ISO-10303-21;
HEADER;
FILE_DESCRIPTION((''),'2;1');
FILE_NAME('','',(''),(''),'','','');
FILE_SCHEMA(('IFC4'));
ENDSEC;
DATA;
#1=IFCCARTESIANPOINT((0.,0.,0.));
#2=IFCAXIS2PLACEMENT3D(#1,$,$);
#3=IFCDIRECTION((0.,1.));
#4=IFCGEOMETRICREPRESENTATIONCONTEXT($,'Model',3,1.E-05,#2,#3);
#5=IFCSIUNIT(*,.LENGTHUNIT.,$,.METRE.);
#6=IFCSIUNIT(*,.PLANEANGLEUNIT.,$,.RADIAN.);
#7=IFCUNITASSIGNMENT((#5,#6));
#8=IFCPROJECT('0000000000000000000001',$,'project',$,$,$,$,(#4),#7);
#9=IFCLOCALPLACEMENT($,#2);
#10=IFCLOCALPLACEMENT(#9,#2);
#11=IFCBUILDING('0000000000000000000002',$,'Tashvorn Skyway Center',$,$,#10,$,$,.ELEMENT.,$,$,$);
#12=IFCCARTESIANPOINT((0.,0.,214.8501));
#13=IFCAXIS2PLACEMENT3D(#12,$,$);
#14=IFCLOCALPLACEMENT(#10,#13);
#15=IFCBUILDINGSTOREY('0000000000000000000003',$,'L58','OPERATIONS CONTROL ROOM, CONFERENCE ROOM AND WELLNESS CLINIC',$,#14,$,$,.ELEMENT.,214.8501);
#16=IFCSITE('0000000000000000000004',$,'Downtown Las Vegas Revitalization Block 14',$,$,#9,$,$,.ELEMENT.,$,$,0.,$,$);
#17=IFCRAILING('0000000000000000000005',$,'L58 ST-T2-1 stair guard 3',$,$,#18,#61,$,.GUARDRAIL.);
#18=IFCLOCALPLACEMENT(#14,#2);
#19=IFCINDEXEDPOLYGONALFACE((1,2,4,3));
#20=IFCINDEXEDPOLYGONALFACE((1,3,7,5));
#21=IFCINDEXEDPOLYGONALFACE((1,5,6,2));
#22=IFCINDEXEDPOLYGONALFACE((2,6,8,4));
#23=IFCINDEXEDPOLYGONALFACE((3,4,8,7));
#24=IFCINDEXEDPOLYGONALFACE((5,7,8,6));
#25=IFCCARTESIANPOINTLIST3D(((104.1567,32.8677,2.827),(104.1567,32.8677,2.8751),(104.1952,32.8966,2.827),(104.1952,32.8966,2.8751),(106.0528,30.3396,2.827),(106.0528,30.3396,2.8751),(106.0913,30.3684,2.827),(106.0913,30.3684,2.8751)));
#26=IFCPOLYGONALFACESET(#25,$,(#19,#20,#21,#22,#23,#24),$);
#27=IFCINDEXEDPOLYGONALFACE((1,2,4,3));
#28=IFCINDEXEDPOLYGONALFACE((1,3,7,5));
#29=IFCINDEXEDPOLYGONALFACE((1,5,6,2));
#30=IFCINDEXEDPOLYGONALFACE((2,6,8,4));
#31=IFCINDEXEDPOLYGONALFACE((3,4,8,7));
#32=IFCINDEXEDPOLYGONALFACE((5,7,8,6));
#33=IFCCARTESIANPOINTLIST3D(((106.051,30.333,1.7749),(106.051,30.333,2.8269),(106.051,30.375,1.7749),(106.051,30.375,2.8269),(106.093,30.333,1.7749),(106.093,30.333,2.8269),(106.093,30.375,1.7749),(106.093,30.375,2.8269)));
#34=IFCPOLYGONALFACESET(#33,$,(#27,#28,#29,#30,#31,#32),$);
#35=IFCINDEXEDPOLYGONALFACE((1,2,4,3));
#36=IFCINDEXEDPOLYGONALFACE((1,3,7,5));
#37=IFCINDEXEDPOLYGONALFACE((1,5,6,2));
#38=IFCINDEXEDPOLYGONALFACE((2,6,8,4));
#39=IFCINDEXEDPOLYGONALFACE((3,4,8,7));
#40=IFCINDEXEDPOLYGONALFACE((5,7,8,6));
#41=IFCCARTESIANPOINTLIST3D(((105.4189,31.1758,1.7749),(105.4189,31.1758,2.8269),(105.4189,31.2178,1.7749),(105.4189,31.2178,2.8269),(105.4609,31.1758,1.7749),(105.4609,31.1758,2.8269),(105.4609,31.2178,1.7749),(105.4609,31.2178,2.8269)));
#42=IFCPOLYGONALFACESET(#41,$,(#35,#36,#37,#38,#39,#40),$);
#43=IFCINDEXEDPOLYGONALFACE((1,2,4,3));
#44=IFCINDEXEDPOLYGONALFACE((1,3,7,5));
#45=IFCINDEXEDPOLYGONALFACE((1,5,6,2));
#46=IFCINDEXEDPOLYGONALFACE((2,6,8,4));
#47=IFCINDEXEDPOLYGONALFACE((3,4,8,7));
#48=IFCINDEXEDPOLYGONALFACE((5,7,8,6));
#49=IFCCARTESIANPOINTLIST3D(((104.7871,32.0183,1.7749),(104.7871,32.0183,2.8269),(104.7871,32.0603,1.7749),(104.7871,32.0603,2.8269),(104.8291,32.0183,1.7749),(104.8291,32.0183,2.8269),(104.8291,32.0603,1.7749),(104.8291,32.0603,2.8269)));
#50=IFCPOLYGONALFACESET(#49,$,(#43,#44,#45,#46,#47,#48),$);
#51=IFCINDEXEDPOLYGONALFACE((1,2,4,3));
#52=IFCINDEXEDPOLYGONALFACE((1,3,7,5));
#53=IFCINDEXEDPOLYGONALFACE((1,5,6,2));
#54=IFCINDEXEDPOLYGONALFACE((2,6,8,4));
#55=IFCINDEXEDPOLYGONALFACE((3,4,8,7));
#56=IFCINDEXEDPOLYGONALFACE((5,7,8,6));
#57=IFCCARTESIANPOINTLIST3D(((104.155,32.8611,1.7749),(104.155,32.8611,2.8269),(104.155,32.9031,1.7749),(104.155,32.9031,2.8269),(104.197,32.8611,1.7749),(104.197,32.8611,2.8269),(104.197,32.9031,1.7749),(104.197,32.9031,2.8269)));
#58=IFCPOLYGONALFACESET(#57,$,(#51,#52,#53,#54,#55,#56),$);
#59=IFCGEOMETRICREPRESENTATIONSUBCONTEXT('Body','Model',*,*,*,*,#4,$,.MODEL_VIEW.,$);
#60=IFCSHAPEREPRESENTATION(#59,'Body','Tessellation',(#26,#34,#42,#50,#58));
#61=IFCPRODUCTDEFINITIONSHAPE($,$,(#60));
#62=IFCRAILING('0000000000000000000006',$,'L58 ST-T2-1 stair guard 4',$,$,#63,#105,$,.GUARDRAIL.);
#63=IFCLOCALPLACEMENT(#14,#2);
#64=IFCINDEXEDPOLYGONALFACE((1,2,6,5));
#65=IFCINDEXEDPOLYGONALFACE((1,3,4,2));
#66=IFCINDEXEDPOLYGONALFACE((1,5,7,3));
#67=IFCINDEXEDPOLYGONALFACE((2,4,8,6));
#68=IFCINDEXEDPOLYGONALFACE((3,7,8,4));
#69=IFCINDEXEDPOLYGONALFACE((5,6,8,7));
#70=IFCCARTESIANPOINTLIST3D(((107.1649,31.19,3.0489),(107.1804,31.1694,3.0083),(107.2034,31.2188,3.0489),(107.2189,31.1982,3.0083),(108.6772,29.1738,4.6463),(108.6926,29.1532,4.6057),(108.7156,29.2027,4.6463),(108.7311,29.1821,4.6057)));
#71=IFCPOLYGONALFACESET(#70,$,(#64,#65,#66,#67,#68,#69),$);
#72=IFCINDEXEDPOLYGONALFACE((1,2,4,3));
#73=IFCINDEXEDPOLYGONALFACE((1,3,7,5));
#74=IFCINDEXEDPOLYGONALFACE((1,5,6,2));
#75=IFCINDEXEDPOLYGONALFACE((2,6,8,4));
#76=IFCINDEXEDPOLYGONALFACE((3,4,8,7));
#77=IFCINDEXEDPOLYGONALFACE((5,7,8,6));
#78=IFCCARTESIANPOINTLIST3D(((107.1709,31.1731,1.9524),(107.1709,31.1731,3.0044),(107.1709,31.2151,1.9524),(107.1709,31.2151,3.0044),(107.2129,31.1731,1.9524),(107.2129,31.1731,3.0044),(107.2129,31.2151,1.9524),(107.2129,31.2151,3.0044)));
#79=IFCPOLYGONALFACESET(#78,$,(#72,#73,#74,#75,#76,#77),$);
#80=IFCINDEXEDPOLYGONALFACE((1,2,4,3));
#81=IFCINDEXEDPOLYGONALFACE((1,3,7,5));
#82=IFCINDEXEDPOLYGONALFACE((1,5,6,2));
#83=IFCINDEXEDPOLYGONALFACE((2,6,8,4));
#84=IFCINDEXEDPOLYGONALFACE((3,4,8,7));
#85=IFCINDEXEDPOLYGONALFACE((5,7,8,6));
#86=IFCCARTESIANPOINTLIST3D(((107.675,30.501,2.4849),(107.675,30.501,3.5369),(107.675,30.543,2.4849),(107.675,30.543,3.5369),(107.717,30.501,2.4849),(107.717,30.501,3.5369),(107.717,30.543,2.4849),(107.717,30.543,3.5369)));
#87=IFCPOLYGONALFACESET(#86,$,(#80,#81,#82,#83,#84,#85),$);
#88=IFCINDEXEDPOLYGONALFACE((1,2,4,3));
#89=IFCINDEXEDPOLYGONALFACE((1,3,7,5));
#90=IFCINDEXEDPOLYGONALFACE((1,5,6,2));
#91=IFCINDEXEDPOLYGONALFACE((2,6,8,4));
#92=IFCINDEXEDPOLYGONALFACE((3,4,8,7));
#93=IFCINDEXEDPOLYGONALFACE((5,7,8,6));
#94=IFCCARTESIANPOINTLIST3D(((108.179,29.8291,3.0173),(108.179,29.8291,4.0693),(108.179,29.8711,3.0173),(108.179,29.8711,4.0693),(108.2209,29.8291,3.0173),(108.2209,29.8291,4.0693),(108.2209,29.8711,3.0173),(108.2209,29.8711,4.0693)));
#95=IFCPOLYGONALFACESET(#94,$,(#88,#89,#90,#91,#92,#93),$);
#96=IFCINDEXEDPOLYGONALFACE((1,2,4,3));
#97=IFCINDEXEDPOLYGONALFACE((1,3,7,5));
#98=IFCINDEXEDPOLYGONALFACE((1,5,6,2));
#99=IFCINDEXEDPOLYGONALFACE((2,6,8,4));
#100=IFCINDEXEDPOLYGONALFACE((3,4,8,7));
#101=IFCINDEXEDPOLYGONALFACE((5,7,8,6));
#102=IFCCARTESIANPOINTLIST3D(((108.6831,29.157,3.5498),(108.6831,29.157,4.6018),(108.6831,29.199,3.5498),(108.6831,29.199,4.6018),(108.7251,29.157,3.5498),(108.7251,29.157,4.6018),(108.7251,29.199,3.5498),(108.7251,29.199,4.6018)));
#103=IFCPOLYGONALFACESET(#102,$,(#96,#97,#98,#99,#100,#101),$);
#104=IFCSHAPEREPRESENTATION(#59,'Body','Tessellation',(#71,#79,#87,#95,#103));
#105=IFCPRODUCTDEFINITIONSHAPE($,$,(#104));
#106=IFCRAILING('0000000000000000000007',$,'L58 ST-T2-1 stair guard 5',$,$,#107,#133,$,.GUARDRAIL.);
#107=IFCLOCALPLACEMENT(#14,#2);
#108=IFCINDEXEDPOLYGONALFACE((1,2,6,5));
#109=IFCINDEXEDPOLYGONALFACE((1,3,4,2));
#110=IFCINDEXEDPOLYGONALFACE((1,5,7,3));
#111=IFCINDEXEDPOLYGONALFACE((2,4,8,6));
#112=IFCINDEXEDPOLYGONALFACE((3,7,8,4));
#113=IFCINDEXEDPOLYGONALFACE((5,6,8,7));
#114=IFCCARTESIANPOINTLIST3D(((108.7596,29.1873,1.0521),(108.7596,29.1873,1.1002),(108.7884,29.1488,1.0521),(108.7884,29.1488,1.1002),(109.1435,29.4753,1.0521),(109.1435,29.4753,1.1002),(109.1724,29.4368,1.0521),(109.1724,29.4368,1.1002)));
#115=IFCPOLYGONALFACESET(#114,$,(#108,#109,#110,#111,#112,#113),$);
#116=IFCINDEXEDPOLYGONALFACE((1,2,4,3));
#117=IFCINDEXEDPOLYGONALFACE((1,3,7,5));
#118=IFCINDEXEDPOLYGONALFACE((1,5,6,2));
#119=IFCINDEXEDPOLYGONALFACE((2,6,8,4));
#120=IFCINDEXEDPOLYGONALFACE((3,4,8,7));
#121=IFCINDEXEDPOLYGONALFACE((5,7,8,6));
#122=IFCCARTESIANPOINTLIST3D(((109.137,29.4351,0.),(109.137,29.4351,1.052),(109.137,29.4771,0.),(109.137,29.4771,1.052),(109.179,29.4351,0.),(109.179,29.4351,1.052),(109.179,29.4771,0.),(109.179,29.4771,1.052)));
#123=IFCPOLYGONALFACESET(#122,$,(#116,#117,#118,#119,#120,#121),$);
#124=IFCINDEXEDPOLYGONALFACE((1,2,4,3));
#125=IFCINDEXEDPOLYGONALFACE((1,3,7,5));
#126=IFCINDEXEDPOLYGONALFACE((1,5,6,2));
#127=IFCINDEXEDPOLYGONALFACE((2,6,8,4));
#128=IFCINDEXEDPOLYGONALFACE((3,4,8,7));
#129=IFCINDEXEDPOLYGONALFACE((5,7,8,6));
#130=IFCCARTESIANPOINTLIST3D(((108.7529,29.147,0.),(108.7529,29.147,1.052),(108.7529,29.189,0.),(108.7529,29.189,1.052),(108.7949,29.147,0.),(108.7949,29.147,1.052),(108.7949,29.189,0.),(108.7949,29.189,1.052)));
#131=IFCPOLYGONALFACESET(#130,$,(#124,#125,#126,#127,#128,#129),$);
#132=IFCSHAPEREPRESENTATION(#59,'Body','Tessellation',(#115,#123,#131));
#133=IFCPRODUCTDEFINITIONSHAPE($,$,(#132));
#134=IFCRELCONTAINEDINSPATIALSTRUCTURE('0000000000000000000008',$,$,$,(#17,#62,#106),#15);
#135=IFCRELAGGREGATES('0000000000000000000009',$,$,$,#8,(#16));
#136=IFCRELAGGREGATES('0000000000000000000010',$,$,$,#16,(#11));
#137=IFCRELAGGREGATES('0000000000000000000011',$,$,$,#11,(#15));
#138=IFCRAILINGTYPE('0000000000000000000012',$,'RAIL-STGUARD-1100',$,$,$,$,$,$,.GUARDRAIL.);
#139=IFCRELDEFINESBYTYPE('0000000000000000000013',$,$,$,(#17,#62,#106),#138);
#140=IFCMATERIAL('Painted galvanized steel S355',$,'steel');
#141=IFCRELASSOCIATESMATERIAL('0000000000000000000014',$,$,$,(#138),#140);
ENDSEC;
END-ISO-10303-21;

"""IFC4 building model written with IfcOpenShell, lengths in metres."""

from ifc_helpers import new_model, si_unit, direction, frame, origin, origin_2d, place, context, subcontext, project, spatial, rectangle, extrude, material, type_object, element, save


model = new_model("IFC4")

# Units and contexts
model_context = context("Model", 3, precision=1e-05, world=origin(), true_north=direction((0.0, 1.0)))
body_context = subcontext(model_context, "Body", "Model", "MODEL_VIEW")
ifc_project = project(units=[si_unit("LENGTHUNIT", "METRE"), si_unit("PLANEANGLEUNIT", "RADIAN")], contexts=[model_context])

# Site, building, storey
site_placement = place(None, origin())
site = spatial("IfcSite", under=ifc_project, at=site_placement, Name="Downtown Las Vegas Revitalization Block 14", CompositionType="ELEMENT", RefElevation=0.0)
building_placement = place(site_placement, origin())
building = spatial("IfcBuilding", under=site, at=building_placement, Name="Tashvorn Skyway Center", CompositionType="ELEMENT")
storey_placement = place(building_placement, frame((0.0, 0.0, 214.8501)))
storey = spatial("IfcBuildingStorey", under=building, at=storey_placement, Name="L58", Description="OPERATIONS CONTROL ROOM, CONFERENCE ROOM AND WELLNESS CLINIC", CompositionType="ELEMENT", Elevation=214.8501)

# Railings
ifc_material_1 = material(Name="Painted galvanized steel S355", Category="steel")
railing_type_1 = type_object("IfcRailingType", Name="RAIL-STGUARD-1100", PredefinedType="GUARDRAIL", material=ifc_material_1)
railing_1_placement = place(storey_placement, frame((106.072, 30.354, 1.7749)))
element("IfcRailing", 1, at=railing_1_placement, inside=storey, type_object=railing_type_1, Name="L58 ST-T2-1 stair guard 3", PredefinedType="GUARDRAIL", context=body_context, shape_type="SweptSolid", body=[
    extrude(rectangle(XDim=0.0481, YDim=0.0481, at=origin_2d()), frame((0.0, 0.0, 1.0762), z_axis=(-0.599988, 0.800009, 0.0), x_axis=(-0.800009, -0.599988, 0.0)), (0.0, 0.0, 1.0), 3.1602),
    extrude(rectangle(XDim=0.042, YDim=0.042, at=origin_2d()), origin(), (0.0, 0.0, 1.0), 1.052),
    extrude(rectangle(XDim=0.042, YDim=0.042, at=origin_2d()), frame((-0.6321, 0.8428, 0.0)), (0.0, 0.0, 1.0), 1.052),
    extrude(rectangle(XDim=0.042, YDim=0.042, at=origin_2d()), frame((-1.2639, 1.6853, 0.0)), (0.0, 0.0, 1.0), 1.052),
    extrude(rectangle(XDim=0.042, YDim=0.042, at=origin_2d()), frame((-1.896, 2.5281, 0.0)), (0.0, 0.0, 1.0), 1.052),
])
railing_2_placement = place(storey_placement, frame((107.1919, 31.1941, 1.9524)))
element("IfcRailing", 2, at=railing_2_placement, inside=storey, type_object=railing_type_1, Name="L58 ST-T2-1 stair guard 4", PredefinedType="GUARDRAIL", context=body_context, shape_type="SweptSolid", body=[
    extrude(rectangle(XDim=0.0481, YDim=0.0481, at=origin_2d()), frame((0.0, 0.0, 1.0762), z_axis=(0.506802, -0.675681, 0.535357), x_axis=(0.799977, 0.600031, 0.0)), (0.0, 0.0, 1.0), 2.9839),
    extrude(rectangle(XDim=0.042, YDim=0.042, at=origin_2d()), origin(), (0.0, 0.0, 1.0), 1.052),
    extrude(rectangle(XDim=0.042, YDim=0.042, at=origin_2d()), frame((0.5042, -0.6721, 0.5325)), (0.0, 0.0, 1.0), 1.052),
    extrude(rectangle(XDim=0.042, YDim=0.042, at=origin_2d()), frame((1.0081, -1.344, 1.0649)), (0.0, 0.0, 1.0), 1.052),
    extrude(rectangle(XDim=0.042, YDim=0.042, at=origin_2d()), frame((1.5122, -2.0161, 1.5974)), (0.0, 0.0, 1.0), 1.052),
])
railing_3_placement = place(storey_placement, frame((109.158, 29.4561, 0.0)))
element("IfcRailing", 3, at=railing_3_placement, inside=storey, type_object=railing_type_1, Name="L58 ST-T2-1 stair guard 5", PredefinedType="GUARDRAIL", context=body_context, shape_type="SweptSolid", body=[
    extrude(rectangle(XDim=0.0481, YDim=0.0481, at=origin_2d()), frame((0.0, 0.0, 1.0762), z_axis=(-0.799939, -0.600081, 0.0), x_axis=(0.600081, -0.799939, 0.0)), (0.0, 0.0, 1.0), 0.48),
    extrude(rectangle(XDim=0.042, YDim=0.042, at=origin_2d()), origin(), (0.0, 0.0, 1.0), 1.052),
    extrude(rectangle(XDim=0.042, YDim=0.042, at=origin_2d()), frame((-0.384, -0.2881, 0.0)), (0.0, 0.0, 1.0), 1.052),
])

save(model, "model.ifc")
